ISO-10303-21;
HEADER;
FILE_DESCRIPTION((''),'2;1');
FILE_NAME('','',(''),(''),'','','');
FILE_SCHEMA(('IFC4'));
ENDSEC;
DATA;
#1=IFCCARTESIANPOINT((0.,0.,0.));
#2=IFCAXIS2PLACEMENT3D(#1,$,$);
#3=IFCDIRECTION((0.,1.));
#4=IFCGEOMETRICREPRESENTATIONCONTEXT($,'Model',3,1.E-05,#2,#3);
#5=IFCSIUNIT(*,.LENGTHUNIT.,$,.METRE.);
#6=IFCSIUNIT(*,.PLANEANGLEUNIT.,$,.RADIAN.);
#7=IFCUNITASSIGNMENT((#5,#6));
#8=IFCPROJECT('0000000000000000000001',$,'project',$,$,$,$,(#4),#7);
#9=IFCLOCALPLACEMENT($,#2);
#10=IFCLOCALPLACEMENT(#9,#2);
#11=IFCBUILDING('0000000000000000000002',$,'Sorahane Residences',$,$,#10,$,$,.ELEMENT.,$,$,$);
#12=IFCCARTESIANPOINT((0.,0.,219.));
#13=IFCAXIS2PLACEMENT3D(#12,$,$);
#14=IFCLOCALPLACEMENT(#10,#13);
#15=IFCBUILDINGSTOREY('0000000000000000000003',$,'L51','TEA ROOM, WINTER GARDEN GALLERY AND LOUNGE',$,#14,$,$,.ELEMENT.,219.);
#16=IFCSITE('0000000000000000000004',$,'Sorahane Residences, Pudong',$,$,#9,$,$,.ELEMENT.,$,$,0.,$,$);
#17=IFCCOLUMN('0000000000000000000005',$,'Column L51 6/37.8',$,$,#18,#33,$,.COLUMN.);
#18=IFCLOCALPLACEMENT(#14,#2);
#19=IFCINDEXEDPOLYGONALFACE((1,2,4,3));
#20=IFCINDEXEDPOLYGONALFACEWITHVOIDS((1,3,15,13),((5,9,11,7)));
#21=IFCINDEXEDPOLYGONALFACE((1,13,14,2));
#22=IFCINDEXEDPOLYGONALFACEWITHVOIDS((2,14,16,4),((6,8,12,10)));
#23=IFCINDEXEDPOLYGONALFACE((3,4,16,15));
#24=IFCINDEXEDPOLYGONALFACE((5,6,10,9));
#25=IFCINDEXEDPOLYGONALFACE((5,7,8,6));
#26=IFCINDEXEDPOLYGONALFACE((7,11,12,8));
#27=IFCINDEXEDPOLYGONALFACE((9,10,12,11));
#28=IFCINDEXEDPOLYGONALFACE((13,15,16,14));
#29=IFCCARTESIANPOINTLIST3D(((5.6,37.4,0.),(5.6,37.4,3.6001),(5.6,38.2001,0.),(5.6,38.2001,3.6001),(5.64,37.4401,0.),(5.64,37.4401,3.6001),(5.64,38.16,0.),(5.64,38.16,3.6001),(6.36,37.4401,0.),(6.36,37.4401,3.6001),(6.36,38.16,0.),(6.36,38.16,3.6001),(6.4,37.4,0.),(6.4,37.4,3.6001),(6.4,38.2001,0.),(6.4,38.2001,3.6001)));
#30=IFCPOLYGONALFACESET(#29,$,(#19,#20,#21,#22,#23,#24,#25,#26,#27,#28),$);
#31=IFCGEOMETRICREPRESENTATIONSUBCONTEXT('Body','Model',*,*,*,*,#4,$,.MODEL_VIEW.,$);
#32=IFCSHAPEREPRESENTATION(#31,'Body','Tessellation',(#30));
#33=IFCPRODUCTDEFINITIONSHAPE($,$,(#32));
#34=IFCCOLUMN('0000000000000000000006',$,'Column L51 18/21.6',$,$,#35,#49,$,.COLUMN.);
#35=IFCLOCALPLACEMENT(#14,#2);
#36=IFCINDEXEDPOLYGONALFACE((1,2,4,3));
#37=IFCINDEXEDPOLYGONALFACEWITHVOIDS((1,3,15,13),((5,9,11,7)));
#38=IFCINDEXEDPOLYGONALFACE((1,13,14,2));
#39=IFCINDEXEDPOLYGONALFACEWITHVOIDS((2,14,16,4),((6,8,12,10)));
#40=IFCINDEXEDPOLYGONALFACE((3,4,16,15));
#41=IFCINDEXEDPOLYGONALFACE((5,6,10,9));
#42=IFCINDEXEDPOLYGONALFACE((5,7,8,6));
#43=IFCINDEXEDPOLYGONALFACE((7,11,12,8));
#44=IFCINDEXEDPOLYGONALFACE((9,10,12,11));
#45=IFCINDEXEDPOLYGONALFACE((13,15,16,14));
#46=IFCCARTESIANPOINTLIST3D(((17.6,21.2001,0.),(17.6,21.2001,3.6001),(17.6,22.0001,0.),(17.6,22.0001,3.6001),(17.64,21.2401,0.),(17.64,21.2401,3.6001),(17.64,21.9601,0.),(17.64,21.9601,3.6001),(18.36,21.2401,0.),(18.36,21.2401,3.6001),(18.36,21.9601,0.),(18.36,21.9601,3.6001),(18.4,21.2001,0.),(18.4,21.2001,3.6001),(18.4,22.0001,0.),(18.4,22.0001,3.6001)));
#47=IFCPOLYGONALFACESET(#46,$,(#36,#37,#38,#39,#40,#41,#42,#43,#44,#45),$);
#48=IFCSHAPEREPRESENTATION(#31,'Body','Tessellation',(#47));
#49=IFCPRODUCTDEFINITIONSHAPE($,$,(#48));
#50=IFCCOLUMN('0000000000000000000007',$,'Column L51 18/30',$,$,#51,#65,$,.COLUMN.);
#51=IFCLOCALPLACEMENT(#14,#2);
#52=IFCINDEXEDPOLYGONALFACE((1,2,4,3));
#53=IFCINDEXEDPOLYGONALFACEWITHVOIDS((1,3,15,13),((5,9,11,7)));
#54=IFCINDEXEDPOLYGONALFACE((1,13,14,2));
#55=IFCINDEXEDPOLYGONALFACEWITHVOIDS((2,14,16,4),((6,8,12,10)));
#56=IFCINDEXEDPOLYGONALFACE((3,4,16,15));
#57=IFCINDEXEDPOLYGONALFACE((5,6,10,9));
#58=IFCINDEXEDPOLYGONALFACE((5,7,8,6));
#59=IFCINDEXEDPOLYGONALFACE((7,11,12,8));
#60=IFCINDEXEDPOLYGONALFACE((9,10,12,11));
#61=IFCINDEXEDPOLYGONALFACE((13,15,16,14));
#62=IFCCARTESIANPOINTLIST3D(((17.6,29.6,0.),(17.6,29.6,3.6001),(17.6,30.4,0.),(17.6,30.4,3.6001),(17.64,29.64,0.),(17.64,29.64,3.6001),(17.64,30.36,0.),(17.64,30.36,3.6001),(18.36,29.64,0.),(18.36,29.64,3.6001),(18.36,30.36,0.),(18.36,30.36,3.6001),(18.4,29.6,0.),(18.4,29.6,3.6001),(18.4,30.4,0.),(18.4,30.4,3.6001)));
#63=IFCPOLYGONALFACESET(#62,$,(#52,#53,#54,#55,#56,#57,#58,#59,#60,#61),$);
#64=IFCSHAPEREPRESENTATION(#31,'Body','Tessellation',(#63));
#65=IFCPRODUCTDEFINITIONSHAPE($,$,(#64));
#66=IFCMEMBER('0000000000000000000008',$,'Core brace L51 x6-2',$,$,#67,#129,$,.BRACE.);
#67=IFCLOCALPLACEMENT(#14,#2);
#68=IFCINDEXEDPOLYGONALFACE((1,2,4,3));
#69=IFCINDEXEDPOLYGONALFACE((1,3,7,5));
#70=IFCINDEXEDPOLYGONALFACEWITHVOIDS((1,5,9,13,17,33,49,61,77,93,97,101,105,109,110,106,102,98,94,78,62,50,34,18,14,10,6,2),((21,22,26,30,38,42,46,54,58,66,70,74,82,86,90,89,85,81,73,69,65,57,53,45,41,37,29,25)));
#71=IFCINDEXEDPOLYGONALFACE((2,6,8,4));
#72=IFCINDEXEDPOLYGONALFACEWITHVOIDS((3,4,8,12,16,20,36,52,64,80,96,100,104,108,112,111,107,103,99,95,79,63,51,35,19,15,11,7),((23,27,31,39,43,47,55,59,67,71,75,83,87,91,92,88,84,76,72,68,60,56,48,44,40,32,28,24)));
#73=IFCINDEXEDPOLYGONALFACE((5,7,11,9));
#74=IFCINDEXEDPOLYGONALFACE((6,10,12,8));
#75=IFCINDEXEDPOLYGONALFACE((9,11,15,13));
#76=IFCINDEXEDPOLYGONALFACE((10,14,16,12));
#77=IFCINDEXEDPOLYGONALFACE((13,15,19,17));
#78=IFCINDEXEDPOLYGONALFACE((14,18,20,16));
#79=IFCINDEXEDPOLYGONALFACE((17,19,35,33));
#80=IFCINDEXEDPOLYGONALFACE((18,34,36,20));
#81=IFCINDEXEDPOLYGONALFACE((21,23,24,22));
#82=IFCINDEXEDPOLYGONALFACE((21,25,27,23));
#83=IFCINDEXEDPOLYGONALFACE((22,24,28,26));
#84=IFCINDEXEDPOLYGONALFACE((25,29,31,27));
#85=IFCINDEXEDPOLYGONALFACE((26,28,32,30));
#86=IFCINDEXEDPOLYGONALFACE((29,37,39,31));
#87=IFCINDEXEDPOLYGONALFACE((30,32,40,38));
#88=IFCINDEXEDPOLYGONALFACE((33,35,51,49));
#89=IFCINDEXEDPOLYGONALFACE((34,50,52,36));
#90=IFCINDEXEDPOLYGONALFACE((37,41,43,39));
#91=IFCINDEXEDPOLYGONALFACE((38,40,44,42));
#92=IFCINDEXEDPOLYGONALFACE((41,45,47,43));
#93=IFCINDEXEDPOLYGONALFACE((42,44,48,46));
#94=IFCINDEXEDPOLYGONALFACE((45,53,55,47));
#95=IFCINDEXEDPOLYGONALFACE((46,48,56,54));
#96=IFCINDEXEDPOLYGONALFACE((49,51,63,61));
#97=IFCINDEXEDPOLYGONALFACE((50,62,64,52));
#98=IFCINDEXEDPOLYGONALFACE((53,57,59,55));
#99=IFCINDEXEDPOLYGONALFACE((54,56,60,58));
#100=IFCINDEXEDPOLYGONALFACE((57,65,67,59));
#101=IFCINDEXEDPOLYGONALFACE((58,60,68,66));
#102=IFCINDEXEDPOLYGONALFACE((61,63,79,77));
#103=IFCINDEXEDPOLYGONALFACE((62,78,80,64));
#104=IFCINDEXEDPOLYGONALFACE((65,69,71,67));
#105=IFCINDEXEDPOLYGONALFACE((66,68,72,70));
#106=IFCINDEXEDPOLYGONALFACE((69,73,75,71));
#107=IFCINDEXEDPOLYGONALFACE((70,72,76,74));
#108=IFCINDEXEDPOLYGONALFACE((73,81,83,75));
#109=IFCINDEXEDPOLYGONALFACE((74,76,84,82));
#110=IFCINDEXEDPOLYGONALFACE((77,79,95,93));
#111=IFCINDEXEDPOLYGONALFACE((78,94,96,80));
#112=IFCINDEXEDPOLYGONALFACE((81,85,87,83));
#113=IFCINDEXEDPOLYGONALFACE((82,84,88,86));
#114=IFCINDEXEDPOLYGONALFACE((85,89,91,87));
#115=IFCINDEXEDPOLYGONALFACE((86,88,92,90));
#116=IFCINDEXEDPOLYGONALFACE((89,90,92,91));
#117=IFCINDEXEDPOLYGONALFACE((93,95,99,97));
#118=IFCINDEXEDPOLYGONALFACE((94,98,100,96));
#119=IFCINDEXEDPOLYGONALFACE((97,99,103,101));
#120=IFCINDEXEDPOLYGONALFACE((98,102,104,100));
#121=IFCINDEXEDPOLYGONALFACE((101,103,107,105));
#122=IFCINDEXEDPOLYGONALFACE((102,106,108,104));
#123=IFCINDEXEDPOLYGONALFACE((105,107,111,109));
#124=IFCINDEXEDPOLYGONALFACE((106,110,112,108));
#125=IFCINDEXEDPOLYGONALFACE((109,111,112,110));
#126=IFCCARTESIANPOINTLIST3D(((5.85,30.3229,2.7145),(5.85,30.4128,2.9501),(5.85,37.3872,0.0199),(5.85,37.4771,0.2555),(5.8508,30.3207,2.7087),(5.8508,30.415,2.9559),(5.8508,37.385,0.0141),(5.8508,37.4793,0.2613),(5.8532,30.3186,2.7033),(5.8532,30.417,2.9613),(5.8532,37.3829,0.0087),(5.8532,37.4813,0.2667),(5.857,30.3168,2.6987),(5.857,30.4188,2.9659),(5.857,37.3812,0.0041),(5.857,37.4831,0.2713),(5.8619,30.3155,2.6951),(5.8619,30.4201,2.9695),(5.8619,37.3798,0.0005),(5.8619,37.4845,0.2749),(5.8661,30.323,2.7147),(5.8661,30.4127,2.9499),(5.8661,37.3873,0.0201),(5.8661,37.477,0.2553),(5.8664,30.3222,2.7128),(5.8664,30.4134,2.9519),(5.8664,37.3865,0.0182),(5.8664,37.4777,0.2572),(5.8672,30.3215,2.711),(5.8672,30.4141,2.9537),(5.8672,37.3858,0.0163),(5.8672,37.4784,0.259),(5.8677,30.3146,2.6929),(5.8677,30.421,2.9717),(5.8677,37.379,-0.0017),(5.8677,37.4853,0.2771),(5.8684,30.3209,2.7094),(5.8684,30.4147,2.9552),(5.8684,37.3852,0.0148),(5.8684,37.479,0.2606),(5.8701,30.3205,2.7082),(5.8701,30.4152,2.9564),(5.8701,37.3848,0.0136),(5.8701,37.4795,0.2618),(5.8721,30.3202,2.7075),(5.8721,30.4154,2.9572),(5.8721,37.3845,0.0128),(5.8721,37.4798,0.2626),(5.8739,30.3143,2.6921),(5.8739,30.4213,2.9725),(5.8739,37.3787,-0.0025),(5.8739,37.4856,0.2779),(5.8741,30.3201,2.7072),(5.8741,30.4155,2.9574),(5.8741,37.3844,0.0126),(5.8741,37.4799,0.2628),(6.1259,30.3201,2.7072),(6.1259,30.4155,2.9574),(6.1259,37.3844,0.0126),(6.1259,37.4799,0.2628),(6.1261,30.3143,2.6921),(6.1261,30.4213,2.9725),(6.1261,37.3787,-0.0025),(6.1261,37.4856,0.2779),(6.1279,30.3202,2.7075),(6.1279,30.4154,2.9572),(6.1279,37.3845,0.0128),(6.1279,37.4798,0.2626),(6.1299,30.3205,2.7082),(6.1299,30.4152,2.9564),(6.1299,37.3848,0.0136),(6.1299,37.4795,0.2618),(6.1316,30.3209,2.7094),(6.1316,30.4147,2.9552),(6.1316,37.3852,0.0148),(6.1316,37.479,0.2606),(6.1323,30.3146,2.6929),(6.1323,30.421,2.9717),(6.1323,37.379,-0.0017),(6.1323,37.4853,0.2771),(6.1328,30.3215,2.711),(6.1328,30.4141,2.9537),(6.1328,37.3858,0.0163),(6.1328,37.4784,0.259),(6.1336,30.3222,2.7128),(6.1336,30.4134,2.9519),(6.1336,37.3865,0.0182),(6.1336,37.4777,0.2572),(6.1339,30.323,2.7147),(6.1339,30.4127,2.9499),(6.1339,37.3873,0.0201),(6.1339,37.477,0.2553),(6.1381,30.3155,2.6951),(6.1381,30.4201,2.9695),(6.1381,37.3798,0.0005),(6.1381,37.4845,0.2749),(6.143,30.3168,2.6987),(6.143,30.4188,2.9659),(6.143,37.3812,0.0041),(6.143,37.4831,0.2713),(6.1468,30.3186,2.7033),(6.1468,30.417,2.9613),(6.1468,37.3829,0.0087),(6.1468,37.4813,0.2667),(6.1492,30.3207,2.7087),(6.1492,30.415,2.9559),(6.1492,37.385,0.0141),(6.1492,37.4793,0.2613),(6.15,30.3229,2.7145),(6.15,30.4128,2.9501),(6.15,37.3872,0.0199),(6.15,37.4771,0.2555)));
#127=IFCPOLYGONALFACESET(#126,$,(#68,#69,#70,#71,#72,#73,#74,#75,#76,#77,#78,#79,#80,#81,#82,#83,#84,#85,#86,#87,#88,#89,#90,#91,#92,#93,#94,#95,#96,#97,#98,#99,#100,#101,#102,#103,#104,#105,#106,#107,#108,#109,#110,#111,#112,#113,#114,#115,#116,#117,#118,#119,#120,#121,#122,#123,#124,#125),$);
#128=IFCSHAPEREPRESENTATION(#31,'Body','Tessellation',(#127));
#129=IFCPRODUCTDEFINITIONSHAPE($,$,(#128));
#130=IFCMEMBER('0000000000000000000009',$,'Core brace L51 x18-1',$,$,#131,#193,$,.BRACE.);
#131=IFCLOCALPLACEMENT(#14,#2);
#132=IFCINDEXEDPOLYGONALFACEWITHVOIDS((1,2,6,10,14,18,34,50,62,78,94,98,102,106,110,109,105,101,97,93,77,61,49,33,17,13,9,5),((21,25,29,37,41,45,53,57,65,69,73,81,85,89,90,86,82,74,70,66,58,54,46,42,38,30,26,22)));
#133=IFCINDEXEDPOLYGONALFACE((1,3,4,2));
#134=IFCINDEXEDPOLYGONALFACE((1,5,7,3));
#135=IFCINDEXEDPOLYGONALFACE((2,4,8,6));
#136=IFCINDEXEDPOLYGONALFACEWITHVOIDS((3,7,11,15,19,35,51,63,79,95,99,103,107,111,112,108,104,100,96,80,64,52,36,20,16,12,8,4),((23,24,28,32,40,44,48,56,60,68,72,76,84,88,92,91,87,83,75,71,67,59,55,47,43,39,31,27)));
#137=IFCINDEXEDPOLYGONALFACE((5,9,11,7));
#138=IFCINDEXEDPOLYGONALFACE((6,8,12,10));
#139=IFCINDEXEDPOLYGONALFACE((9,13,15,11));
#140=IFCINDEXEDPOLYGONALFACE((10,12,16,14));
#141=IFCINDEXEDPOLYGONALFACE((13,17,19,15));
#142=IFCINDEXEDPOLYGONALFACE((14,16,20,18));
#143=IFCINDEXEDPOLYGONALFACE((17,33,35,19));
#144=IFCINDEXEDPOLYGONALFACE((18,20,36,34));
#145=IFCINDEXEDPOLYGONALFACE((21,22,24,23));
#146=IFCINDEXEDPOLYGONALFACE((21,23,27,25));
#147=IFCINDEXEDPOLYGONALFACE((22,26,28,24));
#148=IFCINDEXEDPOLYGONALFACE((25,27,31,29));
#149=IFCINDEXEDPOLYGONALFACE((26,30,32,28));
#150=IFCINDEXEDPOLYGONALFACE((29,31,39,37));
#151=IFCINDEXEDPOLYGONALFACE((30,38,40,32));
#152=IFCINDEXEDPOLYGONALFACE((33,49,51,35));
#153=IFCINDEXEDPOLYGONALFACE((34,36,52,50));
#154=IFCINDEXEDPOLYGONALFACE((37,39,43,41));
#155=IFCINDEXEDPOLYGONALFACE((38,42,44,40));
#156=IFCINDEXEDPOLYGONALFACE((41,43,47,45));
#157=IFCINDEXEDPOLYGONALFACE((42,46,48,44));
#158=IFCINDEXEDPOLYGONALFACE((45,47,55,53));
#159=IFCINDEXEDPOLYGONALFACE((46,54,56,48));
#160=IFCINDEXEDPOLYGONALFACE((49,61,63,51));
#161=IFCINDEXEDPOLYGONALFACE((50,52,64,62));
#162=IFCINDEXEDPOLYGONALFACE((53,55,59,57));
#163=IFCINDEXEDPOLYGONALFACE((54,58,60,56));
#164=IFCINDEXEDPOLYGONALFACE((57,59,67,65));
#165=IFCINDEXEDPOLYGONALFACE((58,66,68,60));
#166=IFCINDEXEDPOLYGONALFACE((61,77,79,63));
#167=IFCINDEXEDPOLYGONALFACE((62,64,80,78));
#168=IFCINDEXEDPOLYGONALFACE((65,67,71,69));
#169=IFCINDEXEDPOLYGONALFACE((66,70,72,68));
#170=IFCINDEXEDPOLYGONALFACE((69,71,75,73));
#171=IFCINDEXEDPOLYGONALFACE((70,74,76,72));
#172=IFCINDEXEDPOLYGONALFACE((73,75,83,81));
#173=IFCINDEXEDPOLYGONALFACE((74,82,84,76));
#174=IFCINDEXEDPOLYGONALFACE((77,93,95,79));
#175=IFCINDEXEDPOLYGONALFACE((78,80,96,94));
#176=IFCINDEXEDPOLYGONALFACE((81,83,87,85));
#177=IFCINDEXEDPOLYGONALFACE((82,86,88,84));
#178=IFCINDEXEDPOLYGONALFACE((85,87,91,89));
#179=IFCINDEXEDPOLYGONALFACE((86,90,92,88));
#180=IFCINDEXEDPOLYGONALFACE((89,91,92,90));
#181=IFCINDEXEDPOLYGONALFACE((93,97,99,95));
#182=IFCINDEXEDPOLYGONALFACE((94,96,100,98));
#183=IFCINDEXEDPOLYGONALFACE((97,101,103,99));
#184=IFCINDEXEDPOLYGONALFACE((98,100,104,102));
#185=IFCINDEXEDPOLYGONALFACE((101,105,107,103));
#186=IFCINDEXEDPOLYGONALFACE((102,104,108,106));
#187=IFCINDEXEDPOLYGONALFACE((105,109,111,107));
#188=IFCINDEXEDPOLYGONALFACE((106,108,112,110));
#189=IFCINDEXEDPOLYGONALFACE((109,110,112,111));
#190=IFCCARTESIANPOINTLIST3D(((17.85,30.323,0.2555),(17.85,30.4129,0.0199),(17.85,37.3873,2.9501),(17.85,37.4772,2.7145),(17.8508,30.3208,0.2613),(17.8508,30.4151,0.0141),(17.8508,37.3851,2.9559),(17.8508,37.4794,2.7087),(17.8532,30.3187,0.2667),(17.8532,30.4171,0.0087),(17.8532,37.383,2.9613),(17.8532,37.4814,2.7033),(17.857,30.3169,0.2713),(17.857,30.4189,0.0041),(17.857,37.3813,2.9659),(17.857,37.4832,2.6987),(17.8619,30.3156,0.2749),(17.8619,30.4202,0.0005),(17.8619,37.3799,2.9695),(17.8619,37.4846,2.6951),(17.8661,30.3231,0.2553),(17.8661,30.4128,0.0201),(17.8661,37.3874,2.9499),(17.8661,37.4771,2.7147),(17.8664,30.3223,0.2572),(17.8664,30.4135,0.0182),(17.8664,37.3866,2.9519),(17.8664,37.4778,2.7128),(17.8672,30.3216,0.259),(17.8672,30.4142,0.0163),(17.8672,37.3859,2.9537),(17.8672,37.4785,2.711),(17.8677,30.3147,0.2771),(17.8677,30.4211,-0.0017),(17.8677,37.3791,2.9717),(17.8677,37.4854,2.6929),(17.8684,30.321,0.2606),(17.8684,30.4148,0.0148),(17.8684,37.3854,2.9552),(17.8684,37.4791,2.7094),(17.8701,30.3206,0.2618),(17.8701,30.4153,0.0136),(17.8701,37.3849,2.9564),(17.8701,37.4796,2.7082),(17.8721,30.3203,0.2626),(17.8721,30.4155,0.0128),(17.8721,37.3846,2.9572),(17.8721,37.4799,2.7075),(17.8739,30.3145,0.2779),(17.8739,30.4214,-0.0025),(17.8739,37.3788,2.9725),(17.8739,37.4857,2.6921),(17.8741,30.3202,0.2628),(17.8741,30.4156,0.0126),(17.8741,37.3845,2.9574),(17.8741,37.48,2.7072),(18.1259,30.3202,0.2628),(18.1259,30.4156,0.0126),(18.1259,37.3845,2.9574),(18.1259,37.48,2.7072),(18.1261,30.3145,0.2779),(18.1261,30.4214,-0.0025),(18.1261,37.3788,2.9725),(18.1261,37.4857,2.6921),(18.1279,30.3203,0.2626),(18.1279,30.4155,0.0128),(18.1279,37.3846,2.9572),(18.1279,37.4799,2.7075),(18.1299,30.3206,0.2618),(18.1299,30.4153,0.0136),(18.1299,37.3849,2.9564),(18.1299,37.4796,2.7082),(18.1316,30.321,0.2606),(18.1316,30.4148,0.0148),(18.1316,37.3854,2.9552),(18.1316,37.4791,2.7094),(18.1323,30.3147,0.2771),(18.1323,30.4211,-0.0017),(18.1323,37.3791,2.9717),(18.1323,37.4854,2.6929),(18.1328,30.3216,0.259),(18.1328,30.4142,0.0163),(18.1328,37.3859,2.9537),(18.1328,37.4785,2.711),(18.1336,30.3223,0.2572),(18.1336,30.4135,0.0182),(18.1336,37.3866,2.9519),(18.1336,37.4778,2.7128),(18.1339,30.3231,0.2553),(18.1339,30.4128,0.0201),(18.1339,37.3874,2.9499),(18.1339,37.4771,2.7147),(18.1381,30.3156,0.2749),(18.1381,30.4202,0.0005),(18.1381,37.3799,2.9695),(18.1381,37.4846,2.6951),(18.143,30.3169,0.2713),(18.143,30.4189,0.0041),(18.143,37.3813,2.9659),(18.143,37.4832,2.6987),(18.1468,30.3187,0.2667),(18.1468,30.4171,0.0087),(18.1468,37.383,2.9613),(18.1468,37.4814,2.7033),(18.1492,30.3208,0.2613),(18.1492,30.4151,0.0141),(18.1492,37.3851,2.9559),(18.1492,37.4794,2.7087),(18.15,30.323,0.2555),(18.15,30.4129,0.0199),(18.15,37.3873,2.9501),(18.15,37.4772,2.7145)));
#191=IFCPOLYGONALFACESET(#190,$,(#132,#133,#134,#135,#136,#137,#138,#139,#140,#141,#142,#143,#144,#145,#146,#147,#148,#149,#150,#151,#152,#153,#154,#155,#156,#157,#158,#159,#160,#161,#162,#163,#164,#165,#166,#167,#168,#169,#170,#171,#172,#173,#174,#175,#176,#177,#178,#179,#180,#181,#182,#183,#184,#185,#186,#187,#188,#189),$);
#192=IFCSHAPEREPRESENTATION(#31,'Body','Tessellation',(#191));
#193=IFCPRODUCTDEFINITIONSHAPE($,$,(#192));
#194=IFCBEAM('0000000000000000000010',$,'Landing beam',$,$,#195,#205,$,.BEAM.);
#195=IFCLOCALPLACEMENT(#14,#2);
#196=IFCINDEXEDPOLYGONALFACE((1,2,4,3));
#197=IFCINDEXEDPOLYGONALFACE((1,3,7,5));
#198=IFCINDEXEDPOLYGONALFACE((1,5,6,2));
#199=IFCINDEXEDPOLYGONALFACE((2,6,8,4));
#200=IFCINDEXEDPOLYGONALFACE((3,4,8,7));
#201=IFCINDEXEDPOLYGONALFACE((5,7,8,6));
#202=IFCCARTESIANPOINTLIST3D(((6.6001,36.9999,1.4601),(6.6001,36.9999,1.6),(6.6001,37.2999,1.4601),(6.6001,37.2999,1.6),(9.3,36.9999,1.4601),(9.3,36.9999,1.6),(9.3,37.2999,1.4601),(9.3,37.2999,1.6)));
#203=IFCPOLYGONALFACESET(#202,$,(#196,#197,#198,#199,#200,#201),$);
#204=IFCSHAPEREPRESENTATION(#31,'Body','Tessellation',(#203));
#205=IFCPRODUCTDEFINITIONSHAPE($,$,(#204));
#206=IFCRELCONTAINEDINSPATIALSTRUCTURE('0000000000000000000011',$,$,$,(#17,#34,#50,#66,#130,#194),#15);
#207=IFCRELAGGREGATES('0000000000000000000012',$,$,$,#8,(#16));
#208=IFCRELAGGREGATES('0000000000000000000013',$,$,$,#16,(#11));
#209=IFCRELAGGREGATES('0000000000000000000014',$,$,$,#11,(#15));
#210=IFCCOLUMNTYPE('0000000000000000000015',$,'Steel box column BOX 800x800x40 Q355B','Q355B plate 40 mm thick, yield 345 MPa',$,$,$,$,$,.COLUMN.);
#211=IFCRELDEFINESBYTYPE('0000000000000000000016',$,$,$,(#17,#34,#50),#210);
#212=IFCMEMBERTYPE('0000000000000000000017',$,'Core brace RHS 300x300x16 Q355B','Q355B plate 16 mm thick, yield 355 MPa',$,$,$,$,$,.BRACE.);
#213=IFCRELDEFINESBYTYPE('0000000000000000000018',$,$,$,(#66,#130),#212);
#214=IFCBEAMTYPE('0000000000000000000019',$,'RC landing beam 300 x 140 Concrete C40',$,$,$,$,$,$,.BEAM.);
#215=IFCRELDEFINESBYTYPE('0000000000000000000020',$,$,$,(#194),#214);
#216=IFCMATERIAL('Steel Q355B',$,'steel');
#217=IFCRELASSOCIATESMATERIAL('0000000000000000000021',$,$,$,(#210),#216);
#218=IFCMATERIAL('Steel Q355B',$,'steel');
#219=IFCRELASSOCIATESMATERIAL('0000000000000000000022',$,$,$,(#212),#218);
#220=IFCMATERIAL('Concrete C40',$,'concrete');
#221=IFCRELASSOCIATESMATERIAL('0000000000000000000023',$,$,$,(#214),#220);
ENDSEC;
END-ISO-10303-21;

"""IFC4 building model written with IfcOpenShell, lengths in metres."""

from ifc_helpers import new_model, si_unit, direction, frame, origin, origin_2d, place, context, subcontext, project, spatial, rectangle, hollow_rectangle, extrude, material, material_profile, profile_set, type_object, element, save


model = new_model("IFC4")

# Units and contexts
model_context = context("Model", 3, precision=1e-05, world=origin(), true_north=direction((0.0, 1.0)))
body_context = subcontext(model_context, "Body", "Model", "MODEL_VIEW")
ifc_project = project(units=[si_unit("LENGTHUNIT", "METRE"), si_unit("PLANEANGLEUNIT", "RADIAN")], contexts=[model_context])

# Site, building, storey
site_placement = place(None, origin())
site = spatial("IfcSite", under=ifc_project, at=site_placement, Name="Sorahane Residences, Pudong", CompositionType="ELEMENT", RefElevation=0.0)
building_placement = place(site_placement, origin())
building = spatial("IfcBuilding", under=site, at=building_placement, Name="Sorahane Residences", CompositionType="ELEMENT")
storey_placement = place(building_placement, frame((0.0, 0.0, 219.0)))
storey = spatial("IfcBuildingStorey", under=building, at=storey_placement, Name="L51", Description="TEA ROOM, WINTER GARDEN GALLERY AND LOUNGE", CompositionType="ELEMENT", Elevation=219.0)

# Columns
ifc_material_1 = material(Name="Steel Q355B", Category="steel")
ifc_material_profile_1 = material_profile(ifc_material_1, hollow_rectangle(XDim=0.8, YDim=0.8, WallThickness=0.04, at=origin_2d()), Name="BOX 800x800x40")
ifc_profile_set_1 = profile_set([ifc_material_profile_1], Name="Steel Q355B")
column_type = type_object("IfcColumnType", Name="Steel box column BOX 800x800x40 Q355B", Description="Q355B plate 40 mm thick, yield 345 MPa", PredefinedType="COLUMN", material=ifc_profile_set_1)
for number, where, z_axis, x_axis, name in (
    (1, (6.0, 37.8, 0.0), (0.0, 0.0, 1.0), (1.0, 0.0, 0.0), "Column L51 6/37.8"),
    (2, (18.0, 21.6001, 0.0), (0.0, 0.0, 1.0), (1.0, 0.0, 0.0), "Column L51 18/21.6"),
    (3, (18.0, 30.0, 0.0), (0.0, 0.0, 1.0), (1.0, 0.0, 0.0), "Column L51 18/30"),
):
    element("IfcColumn", number, at=place(storey_placement, frame(where, z_axis=z_axis, x_axis=x_axis)), inside=storey, type_object=column_type, Name=name, PredefinedType="COLUMN", context=body_context, shape_type="SweptSolid", body=[
        extrude(hollow_rectangle(XDim=0.8, YDim=0.8, WallThickness=0.04, at=origin_2d()), origin(), (0.0, 0.0, 1.0), 3.6001),
    ])

# Members
ifc_material_2 = material(Name="Steel Q355B", Category="steel")
ifc_material_profile_2 = material_profile(ifc_material_2, hollow_rectangle(XDim=0.3, YDim=0.3, WallThickness=0.0161, InnerFilletRadius=0.0081, OuterFilletRadius=0.0239, at=origin_2d()), Name="RHS 300x300x16")
ifc_profile_set_2 = profile_set([ifc_material_profile_2], Name="Steel Q355B")
member_type = type_object("IfcMemberType", Name="Core brace RHS 300x300x16 Q355B", Description="Q355B plate 16 mm thick, yield 355 MPa", PredefinedType="BRACE", material=ifc_profile_set_2)
for number, where, z_axis, x_axis, name in (
    (4, (6.0, 37.4321, 0.1377), (0.0, -0.934336, 0.356394), (1.0, 0.0, 0.0), "Core brace L51 x6-2"),
    (5, (18.0, 30.3679, 0.1377), (0.0, 0.934336, 0.356394), (-1.0, 0.0, 0.0), "Core brace L51 x18-1"),
):
    element("IfcMember", number, at=place(storey_placement, frame(where, z_axis=z_axis, x_axis=x_axis)), inside=storey, type_object=member_type, Name=name, PredefinedType="BRACE", context=body_context, shape_type="SweptSolid", body=[
        extrude(hollow_rectangle(XDim=0.3, YDim=0.3, WallThickness=0.0161, InnerFilletRadius=0.0081, OuterFilletRadius=0.0239, at=origin_2d()), origin(), (0.0, 0.0, 1.0), 7.5608),
    ])

# Beam
ifc_material_3 = material(Name="Concrete C40", Category="concrete")
ifc_material_profile_3 = material_profile(ifc_material_3, rectangle(XDim=0.3, YDim=0.1399, at=origin_2d()), Name="300x140")
ifc_profile_set_3 = profile_set([ifc_material_profile_3], Name="Concrete C40")
beam_type_1 = type_object("IfcBeamType", Name="RC landing beam 300 x 140 Concrete C40", PredefinedType="BEAM", material=ifc_profile_set_3)
for number, where, z_axis, x_axis, name in (
    (6, (6.6001, 37.1499, 1.53), (1.0, 0.0, 0.0), (0.0, 1.0, 0.0), "Landing beam"),
):
    element("IfcBeam", number, at=place(storey_placement, frame(where, z_axis=z_axis, x_axis=x_axis)), inside=storey, type_object=beam_type_1, Name=name, PredefinedType="BEAM", context=body_context, shape_type="SweptSolid", body=[
        extrude(rectangle(XDim=0.3, YDim=0.1399, at=origin_2d()), origin(), (0.0, 0.0, 1.0), 2.7),
    ])

save(model, "model.ifc")
